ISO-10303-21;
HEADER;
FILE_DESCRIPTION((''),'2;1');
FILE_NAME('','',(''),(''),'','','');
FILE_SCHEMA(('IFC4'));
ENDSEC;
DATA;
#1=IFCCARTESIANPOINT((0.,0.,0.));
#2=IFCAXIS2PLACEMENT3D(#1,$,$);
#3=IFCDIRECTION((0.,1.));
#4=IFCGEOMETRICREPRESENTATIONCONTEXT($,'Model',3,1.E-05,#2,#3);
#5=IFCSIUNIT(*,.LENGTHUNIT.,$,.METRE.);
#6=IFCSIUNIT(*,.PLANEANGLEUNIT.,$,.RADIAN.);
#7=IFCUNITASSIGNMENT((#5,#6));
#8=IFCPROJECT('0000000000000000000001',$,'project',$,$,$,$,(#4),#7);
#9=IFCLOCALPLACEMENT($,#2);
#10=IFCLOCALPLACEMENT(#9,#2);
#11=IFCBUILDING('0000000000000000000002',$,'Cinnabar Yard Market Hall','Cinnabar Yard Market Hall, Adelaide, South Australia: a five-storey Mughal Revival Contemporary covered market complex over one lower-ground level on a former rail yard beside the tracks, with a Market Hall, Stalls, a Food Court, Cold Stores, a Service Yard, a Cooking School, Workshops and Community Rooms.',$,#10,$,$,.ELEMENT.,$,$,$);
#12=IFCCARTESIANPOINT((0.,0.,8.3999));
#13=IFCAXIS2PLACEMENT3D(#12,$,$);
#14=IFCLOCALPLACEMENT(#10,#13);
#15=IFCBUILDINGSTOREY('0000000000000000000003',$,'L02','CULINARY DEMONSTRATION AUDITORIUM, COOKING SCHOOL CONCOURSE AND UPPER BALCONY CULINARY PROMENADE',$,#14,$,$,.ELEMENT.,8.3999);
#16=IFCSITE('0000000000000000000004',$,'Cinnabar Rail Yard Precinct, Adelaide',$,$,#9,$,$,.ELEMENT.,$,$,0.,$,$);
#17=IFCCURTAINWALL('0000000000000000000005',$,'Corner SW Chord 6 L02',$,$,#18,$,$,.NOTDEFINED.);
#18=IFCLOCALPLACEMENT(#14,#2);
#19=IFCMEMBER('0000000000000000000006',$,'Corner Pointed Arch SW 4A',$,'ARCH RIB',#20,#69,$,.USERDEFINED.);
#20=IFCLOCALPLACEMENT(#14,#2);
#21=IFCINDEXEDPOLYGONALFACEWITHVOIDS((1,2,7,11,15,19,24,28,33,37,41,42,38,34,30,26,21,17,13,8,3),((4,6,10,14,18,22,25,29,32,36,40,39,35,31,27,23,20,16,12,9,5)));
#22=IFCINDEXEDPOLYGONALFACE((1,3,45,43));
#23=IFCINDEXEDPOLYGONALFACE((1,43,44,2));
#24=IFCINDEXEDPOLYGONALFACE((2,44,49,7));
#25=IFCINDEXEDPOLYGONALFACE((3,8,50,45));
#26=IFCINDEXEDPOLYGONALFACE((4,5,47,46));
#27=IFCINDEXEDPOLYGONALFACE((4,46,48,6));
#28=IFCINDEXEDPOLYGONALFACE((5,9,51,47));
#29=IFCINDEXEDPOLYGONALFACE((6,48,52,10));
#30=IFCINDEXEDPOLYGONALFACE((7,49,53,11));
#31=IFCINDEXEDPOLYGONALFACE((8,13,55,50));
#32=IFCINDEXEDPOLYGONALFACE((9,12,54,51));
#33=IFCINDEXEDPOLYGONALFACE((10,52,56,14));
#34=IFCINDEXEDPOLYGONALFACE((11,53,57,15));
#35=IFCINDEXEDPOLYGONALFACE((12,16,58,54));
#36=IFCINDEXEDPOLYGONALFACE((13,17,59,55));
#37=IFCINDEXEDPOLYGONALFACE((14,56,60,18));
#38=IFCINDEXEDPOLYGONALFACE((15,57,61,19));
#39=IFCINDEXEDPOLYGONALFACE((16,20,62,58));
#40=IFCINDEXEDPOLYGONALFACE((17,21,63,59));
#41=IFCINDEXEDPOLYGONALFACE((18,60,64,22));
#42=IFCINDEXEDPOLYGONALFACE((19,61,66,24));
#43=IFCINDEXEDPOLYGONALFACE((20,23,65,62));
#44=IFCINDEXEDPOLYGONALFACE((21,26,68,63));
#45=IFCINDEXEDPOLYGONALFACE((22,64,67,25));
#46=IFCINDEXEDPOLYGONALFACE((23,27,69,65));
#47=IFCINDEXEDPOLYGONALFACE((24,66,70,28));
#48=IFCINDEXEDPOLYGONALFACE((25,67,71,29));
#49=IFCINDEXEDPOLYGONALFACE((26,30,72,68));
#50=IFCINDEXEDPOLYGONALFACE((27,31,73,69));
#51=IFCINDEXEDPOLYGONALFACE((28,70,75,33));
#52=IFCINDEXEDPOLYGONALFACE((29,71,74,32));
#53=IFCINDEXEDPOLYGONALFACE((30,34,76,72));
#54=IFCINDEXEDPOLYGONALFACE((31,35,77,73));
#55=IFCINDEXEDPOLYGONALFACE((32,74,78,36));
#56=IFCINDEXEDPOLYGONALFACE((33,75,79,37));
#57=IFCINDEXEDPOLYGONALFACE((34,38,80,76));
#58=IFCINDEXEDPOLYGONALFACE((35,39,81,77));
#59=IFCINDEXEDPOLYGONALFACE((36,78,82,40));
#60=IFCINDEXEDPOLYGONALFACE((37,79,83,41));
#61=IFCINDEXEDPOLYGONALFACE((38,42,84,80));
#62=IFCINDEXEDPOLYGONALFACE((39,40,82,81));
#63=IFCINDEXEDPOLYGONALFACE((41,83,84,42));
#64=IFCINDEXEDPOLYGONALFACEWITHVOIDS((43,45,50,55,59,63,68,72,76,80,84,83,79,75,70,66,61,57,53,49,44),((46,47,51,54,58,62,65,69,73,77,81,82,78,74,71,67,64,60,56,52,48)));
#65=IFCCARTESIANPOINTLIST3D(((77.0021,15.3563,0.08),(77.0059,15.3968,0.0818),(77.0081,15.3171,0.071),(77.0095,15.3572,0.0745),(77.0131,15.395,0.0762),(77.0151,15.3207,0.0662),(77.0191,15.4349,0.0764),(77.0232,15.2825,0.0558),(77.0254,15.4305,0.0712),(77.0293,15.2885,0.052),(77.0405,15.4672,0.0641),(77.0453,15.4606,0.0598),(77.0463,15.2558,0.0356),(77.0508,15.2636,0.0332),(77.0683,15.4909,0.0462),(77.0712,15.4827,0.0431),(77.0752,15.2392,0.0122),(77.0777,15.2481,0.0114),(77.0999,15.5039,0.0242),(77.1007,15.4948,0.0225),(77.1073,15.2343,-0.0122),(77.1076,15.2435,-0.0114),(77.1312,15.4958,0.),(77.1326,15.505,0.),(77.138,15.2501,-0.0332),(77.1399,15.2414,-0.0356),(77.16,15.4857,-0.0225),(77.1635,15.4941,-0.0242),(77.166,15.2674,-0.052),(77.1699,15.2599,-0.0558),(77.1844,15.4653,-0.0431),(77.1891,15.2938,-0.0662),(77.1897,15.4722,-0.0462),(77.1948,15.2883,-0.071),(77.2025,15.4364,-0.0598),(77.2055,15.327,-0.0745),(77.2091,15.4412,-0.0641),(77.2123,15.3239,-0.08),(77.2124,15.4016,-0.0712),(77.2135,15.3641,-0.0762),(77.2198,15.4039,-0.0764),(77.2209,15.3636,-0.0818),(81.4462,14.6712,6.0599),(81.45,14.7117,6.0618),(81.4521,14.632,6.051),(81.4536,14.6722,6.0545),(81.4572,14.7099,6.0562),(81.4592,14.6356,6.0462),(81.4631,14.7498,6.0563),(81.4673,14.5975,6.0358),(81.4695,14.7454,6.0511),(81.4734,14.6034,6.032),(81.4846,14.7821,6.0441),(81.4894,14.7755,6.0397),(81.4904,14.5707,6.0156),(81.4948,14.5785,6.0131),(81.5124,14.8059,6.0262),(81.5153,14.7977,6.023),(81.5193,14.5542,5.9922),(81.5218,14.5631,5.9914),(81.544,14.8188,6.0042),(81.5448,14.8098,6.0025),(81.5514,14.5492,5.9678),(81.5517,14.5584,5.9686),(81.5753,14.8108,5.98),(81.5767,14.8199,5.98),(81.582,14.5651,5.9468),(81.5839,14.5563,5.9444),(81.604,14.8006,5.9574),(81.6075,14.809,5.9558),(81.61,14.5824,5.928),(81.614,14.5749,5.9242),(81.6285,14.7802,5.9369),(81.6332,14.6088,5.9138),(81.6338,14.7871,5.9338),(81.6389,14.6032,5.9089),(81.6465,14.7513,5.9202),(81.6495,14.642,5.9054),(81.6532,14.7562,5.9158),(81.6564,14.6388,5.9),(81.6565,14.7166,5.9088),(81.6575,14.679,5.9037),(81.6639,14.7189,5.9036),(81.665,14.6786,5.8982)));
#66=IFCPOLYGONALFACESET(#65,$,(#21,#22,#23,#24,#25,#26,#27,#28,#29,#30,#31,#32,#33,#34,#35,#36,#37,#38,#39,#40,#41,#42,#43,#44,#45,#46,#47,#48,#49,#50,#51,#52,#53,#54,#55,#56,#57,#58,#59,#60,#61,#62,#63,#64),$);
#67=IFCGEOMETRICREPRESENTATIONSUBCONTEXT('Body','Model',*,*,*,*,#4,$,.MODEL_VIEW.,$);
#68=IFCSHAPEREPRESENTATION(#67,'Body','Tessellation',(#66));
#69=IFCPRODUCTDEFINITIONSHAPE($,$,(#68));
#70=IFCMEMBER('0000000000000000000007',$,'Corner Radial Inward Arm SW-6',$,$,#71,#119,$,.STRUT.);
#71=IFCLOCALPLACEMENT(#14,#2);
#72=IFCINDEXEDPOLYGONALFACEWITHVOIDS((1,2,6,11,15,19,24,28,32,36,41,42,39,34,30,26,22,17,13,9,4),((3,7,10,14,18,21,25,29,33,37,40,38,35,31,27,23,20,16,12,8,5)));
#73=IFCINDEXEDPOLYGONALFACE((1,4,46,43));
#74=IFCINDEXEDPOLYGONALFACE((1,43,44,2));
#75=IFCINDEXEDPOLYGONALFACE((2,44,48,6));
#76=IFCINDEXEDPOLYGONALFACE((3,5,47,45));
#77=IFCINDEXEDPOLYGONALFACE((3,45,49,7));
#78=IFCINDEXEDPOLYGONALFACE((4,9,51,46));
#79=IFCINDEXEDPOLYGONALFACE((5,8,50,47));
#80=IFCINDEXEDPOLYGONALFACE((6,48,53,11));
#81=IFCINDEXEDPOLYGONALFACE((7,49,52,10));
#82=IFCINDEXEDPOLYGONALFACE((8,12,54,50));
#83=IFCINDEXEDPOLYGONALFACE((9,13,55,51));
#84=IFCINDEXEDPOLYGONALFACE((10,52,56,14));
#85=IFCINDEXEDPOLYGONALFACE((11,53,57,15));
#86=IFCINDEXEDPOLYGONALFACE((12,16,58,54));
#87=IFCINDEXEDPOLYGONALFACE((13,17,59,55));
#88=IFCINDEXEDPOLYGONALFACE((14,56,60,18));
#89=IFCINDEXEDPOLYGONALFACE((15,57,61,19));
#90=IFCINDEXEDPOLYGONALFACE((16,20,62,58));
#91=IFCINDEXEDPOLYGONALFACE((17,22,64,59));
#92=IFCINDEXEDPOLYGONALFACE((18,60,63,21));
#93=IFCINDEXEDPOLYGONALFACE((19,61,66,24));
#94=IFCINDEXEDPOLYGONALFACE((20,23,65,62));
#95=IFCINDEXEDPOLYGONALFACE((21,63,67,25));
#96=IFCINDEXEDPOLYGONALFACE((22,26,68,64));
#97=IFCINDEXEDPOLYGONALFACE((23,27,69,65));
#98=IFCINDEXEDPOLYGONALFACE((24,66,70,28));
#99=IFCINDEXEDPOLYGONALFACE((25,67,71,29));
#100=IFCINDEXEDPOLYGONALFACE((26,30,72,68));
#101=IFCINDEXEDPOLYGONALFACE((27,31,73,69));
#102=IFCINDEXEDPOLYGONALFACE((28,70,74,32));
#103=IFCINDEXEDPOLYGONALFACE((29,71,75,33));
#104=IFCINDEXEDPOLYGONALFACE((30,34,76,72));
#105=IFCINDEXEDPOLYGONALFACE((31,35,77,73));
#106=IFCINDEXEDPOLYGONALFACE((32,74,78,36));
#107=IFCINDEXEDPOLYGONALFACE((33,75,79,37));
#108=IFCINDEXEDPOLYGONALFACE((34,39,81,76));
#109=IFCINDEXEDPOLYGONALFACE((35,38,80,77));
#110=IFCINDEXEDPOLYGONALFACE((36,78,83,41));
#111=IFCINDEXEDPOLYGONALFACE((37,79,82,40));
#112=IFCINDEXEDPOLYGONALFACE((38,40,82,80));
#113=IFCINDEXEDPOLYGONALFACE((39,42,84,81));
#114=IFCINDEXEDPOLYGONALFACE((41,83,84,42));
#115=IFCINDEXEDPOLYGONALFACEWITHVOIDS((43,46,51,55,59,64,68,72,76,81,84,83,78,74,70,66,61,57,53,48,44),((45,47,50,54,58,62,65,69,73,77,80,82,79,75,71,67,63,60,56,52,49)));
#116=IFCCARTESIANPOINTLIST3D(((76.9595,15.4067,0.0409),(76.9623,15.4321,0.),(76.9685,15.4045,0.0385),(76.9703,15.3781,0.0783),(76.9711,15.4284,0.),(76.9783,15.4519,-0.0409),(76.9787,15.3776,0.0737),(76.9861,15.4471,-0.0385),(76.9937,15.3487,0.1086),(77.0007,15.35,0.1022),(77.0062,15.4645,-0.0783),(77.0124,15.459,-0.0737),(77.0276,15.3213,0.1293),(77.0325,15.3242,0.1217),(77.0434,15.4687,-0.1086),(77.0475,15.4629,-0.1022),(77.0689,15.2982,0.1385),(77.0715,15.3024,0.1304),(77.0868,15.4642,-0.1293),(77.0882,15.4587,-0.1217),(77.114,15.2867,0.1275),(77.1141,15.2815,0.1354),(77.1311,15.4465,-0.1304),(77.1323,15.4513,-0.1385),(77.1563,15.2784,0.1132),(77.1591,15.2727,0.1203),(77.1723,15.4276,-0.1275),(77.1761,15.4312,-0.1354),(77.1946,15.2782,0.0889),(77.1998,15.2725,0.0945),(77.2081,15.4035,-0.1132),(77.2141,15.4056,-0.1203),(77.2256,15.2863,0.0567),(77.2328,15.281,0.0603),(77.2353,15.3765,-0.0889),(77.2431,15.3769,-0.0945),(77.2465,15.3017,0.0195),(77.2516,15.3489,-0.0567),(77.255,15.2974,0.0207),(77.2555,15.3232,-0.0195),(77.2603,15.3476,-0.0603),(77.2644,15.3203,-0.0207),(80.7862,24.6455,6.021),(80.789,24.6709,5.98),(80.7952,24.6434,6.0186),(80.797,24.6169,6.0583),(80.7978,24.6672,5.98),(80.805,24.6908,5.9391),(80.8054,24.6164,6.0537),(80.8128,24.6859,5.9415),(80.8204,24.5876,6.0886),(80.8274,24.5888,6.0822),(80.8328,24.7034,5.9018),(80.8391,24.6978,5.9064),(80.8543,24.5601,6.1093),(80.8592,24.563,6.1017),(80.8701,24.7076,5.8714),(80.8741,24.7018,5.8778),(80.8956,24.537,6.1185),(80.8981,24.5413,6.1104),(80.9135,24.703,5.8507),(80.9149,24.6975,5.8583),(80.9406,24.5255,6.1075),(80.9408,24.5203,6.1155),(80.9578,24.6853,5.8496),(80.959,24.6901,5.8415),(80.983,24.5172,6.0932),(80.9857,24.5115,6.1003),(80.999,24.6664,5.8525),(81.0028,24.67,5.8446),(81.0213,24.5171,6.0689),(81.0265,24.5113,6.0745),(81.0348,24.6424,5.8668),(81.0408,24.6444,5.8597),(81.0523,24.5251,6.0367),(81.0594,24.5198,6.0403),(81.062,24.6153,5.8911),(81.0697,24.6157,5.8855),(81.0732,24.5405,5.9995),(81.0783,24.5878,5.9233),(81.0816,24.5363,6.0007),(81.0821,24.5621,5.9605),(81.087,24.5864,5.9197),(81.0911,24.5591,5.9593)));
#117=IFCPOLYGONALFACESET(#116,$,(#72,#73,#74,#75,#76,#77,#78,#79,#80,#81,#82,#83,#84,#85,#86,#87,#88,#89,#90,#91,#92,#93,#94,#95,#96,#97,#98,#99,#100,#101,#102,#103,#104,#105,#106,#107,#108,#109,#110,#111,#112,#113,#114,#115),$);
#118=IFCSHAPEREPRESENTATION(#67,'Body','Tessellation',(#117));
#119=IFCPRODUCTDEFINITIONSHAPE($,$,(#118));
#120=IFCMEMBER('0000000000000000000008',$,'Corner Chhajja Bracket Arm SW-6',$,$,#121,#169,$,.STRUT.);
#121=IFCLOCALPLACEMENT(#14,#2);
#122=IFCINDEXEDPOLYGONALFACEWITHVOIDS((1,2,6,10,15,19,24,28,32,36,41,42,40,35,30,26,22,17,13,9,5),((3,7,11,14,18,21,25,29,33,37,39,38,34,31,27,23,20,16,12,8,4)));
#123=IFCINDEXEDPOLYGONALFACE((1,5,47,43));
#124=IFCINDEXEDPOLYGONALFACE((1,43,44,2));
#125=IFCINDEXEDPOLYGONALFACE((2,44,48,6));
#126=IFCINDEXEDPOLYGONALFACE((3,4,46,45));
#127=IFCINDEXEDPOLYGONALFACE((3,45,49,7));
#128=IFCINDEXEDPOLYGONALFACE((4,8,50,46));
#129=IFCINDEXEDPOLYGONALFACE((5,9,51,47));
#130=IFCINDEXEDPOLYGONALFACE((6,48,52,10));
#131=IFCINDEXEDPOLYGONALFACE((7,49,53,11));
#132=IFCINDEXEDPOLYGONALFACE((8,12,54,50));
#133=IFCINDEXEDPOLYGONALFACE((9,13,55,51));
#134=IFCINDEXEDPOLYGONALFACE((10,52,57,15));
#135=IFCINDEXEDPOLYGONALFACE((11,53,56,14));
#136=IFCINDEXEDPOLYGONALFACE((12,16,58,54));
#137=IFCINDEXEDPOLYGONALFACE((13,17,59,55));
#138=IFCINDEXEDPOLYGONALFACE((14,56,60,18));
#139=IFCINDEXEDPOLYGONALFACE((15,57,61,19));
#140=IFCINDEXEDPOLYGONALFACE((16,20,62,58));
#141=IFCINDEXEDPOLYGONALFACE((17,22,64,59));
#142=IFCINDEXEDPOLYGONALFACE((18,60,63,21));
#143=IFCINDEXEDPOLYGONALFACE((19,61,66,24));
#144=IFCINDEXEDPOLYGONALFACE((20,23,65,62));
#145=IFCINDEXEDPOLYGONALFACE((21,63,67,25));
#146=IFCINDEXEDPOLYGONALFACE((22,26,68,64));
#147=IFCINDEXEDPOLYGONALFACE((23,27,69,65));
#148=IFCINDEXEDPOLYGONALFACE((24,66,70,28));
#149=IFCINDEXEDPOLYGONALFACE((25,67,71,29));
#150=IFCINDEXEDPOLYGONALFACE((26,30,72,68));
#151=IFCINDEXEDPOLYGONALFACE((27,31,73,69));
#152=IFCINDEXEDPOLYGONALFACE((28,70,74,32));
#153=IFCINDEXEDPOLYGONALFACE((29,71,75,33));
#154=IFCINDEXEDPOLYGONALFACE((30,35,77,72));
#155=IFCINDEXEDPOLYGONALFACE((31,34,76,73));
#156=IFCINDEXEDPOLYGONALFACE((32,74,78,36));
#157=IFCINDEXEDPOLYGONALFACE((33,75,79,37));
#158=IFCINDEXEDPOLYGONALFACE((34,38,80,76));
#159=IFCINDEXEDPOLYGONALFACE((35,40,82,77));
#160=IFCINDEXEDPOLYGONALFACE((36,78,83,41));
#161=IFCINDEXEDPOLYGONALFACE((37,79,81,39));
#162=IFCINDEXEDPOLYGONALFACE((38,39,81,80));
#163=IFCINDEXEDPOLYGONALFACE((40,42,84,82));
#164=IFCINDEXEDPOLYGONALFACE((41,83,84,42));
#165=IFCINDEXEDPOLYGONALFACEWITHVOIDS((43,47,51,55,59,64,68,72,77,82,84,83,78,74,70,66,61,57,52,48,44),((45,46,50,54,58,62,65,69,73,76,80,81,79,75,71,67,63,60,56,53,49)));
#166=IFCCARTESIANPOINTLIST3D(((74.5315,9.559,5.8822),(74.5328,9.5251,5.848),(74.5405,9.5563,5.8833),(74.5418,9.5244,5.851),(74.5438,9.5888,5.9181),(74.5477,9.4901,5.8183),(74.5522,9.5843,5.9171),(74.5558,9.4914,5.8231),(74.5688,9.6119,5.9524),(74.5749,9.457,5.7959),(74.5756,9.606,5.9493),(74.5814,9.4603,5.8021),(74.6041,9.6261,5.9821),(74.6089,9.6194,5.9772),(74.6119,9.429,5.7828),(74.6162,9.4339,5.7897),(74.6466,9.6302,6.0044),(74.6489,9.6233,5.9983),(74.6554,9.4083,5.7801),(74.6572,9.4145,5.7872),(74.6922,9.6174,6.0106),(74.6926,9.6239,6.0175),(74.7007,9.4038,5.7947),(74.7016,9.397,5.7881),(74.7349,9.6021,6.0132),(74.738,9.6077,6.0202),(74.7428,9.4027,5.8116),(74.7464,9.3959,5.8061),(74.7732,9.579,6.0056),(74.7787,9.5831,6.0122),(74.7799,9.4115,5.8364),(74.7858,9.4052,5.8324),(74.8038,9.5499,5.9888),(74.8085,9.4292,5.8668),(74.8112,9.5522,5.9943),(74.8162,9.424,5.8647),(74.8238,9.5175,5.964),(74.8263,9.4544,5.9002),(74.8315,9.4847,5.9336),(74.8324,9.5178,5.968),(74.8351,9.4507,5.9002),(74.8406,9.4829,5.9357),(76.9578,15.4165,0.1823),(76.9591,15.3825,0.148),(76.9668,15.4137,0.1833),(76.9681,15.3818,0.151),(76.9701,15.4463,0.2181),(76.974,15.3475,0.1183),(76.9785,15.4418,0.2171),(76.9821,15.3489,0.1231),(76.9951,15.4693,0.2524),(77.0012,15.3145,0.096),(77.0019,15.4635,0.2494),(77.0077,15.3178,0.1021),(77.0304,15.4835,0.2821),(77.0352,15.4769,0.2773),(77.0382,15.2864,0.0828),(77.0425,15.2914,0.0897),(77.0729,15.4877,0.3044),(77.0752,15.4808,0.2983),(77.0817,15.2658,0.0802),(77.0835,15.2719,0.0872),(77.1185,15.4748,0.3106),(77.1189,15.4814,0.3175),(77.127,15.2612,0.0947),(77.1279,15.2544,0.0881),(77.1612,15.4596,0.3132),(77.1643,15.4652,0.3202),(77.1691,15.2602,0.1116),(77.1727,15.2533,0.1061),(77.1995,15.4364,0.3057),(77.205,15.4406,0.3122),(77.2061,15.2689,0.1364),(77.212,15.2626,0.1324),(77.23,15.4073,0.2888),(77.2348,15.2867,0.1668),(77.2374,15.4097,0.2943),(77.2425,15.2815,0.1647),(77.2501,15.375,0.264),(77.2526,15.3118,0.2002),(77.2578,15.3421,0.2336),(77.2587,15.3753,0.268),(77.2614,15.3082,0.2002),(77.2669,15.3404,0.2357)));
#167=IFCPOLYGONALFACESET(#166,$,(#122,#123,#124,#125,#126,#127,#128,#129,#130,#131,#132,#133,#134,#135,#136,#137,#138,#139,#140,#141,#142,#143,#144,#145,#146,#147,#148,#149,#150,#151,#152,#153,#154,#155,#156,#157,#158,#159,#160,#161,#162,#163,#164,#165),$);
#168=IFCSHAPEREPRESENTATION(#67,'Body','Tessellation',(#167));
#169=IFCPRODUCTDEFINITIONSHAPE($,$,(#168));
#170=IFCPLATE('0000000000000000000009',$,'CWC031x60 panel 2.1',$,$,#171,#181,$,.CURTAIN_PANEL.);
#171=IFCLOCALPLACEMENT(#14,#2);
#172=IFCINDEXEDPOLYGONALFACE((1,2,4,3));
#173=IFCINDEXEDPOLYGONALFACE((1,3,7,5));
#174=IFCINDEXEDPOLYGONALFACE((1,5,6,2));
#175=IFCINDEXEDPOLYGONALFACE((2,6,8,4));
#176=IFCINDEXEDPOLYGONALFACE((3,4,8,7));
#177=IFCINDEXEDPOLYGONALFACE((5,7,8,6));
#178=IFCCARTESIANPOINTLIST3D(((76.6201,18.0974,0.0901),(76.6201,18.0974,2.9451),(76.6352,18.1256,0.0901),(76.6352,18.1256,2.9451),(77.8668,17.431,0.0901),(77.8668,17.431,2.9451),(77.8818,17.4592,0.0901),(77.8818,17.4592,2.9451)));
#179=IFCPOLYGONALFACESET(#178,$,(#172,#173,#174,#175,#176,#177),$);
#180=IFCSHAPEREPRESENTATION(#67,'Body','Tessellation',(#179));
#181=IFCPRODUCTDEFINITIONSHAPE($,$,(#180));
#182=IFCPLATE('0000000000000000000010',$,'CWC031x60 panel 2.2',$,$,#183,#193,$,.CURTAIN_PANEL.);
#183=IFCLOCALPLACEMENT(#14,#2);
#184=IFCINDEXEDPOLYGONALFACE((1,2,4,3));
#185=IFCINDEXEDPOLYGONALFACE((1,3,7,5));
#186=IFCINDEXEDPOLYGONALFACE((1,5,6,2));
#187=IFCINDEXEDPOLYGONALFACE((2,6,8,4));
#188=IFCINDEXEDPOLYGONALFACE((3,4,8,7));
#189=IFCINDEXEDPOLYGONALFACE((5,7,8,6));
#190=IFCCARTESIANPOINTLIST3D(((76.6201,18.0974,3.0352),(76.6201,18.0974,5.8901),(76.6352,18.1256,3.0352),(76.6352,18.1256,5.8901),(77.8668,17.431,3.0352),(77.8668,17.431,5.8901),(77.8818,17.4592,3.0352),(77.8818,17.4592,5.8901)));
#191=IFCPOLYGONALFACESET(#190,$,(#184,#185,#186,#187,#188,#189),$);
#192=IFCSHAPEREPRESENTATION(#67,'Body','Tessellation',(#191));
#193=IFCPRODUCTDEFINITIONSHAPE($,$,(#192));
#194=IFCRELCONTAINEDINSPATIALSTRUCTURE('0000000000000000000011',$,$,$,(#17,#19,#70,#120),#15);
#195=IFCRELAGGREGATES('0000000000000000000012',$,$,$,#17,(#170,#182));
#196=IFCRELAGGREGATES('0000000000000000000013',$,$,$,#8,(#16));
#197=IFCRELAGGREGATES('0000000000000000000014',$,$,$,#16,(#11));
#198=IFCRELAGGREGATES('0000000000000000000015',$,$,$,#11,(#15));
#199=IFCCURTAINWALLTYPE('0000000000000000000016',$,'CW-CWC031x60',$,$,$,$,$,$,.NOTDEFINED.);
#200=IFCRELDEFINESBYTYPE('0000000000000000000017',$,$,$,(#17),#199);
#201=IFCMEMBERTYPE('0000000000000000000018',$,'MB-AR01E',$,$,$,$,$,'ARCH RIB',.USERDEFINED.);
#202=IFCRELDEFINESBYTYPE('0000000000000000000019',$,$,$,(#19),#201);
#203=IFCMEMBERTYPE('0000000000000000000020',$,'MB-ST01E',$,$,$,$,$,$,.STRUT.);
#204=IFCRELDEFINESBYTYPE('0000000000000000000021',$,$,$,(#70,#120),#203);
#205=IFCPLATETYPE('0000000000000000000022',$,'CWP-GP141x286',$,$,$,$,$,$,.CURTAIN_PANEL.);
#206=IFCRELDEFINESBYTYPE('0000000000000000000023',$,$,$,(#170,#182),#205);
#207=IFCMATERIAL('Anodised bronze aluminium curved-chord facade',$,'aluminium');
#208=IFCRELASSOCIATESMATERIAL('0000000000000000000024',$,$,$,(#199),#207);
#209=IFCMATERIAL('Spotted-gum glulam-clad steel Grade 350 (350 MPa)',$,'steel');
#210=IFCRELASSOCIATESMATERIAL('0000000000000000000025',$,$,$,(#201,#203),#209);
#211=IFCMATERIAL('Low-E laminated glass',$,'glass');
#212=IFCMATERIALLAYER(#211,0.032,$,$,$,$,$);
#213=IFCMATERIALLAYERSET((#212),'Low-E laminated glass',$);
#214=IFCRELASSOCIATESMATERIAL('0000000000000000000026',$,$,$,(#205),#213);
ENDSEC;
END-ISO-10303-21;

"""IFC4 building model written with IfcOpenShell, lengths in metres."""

from ifc_helpers import new_model, si_unit, direction, frame, origin, origin_2d_with_axis, place, context, subcontext, project, spatial, rectangle, hollow_circle, extrude, material, layer, layer_set, material_profile, profile_set, type_object, element, aggregate, save


model = new_model("IFC4")

# Units and contexts
model_context = context("Model", 3, precision=1e-05, world=origin(), true_north=direction((0.0, 1.0)))
body_context = subcontext(model_context, "Body", "Model", "MODEL_VIEW")
ifc_project = project(units=[si_unit("LENGTHUNIT", "METRE"), si_unit("PLANEANGLEUNIT", "RADIAN")], contexts=[model_context])

# Site, building, storey
site_placement = place(None, origin())
site = spatial("IfcSite", under=ifc_project, at=site_placement, Name="Cinnabar Rail Yard Precinct, Adelaide", CompositionType="ELEMENT", RefElevation=0.0)
building_placement = place(site_placement, origin())
building = spatial("IfcBuilding", under=site, at=building_placement, Name="Cinnabar Yard Market Hall", Description="Cinnabar Yard Market Hall, Adelaide, South Australia: a five-storey Mughal Revival Contemporary covered market complex over one lower-ground level on a former rail yard beside the tracks, with a Market Hall, Stalls, a Food Court, Cold Stores, a Service Yard, a Cooking School, Workshops and Community Rooms.", CompositionType="ELEMENT")
storey_placement = place(building_placement, frame((0.0, 0.0, 8.3999)))
storey = spatial("IfcBuildingStorey", under=building, at=storey_placement, Name="L02", Description="CULINARY DEMONSTRATION AUDITORIUM, COOKING SCHOOL CONCOURSE AND UPPER BALCONY CULINARY PROMENADE", CompositionType="ELEMENT", Elevation=8.3999)

# Shared definitions
ifc_material_1 = material(Name="Spotted-gum glulam-clad steel Grade 350 (350 MPa)", Category="steel")

# Curtain wall
ifc_material_2 = material(Name="Anodised bronze aluminium curved-chord facade", Category="aluminium")
curtain_wall_type = type_object("IfcCurtainWallType", Name="CW-CWC031x60", PredefinedType="NOTDEFINED", material=ifc_material_2)
curtain_wall_1_placement = place(storey_placement, origin())
curtain_wall_1 = element("IfcCurtainWall", 1, at=curtain_wall_1_placement, inside=storey, type_object=curtain_wall_type, Name="Corner SW Chord 6 L02", PredefinedType="NOTDEFINED")

# Members
ifc_material_profile_1 = material_profile(ifc_material_1, hollow_circle(Radius=0.1365, WallThickness=0.0093, at=origin_2d_with_axis()), Name="273.1x9.3CHS")
ifc_profile_set_1 = profile_set([ifc_material_profile_1], Name="Spotted-gum glulam-clad steel Grade 350 (350 MPa)")
member_type_1 = type_object("IfcMemberType", Name="MB-AR01E", ElementType="ARCH RIB", PredefinedType="USERDEFINED", material=ifc_profile_set_1)
member_1_placement = place(storey_placement, frame((77.1118, 15.3701, 0.0), z_axis=(0.593976, -0.091562, 0.799255), x_axis=(0.152351, 0.988326, 0.0)))
element("IfcMember", 2, at=member_1_placement, inside=storey, type_object=member_type_1, Name="Corner Pointed Arch SW 4A", ObjectType="ARCH RIB", PredefinedType="USERDEFINED", context=body_context, shape_type="SweptSolid", body=[
    extrude(hollow_circle(Radius=0.1365, WallThickness=0.0093, at=origin_2d_with_axis()), origin(), (0.0, 0.0, 1.0), 7.4819),
])
ifc_material_profile_2 = material_profile(ifc_material_1, hollow_circle(Radius=0.1619, WallThickness=0.0095, at=origin_2d_with_axis()), Name="323.9x9.5CHS")
ifc_profile_set_2 = profile_set([ifc_material_profile_2], Name="Spotted-gum glulam-clad steel Grade 350 (350 MPa)")
member_type_2 = type_object("IfcMemberType", Name="MB-ST01E", PredefinedType="STRUT", material=ifc_profile_set_2)
member_2_placement = place(storey_placement, frame((77.1118, 15.3701, 0.0), z_axis=(0.328425, 0.792923, 0.513235), x_axis=(-0.923885, 0.382669, 0.0)))
element("IfcMember", 3, at=member_2_placement, inside=storey, type_object=member_type_2, Name="Corner Radial Inward Arm SW-6", PredefinedType="STRUT", context=body_context, shape_type="SweptSolid", body=[
    extrude(hollow_circle(Radius=0.1619, WallThickness=0.0095, at=origin_2d_with_axis()), origin(), (0.0, 0.0, 1.0), 11.6516),
])
member_3_placement = place(storey_placement, frame((77.1118, 15.3701, 0.2002), z_axis=(-0.284587, -0.68704, 0.66857), x_axis=(0.923877, -0.38269, 0.0)))
element("IfcMember", 4, at=member_3_placement, inside=storey, type_object=member_type_2, Name="Corner Chhajja Bracket Arm SW-6", PredefinedType="STRUT", context=body_context, shape_type="SweptSolid", body=[
    extrude(hollow_circle(Radius=0.1619, WallThickness=0.0095, at=origin_2d_with_axis()), origin(), (0.0, 0.0, 1.0), 8.5256),
])

# Plates
ifc_material_3 = material(Name="Low-E laminated glass", Category="glass")
ifc_layer_1 = layer(ifc_material_3, 0.032)
ifc_layer_set_1 = layer_set([ifc_layer_1], Name="Low-E laminated glass")
plate_type_1 = type_object("IfcPlateType", Name="CWP-GP141x286", PredefinedType="CURTAIN_PANEL", material=ifc_layer_set_1)
plate_1_placement = place(storey_placement, frame((77.251, 17.7783, 0.0901), z_axis=(0.0, 0.0, 1.0), x_axis=(0.881917, -0.471404, 0.0)))
plate_1 = element("IfcPlate", 5, at=plate_1_placement, type_object=plate_type_1, Name="CWC031x60 panel 2.1", PredefinedType="CURTAIN_PANEL", context=body_context, shape_type="SweptSolid", body=[
    extrude(rectangle(XDim=1.4136, YDim=0.032, at=origin_2d_with_axis()), origin(), (0.0, 0.0, 1.0), 2.855),
])
plate_2_placement = place(storey_placement, frame((77.251, 17.7783, 3.0352), z_axis=(0.0, 0.0, 1.0), x_axis=(0.881917, -0.471404, 0.0)))
plate_2 = element("IfcPlate", 6, at=plate_2_placement, type_object=plate_type_1, Name="CWC031x60 panel 2.2", PredefinedType="CURTAIN_PANEL", context=body_context, shape_type="SweptSolid", body=[
    extrude(rectangle(XDim=1.4136, YDim=0.032, at=origin_2d_with_axis()), origin(), (0.0, 0.0, 1.0), 2.855),
])
aggregate(curtain_wall_1, [plate_1, plate_2])

save(model, "model.ifc")
